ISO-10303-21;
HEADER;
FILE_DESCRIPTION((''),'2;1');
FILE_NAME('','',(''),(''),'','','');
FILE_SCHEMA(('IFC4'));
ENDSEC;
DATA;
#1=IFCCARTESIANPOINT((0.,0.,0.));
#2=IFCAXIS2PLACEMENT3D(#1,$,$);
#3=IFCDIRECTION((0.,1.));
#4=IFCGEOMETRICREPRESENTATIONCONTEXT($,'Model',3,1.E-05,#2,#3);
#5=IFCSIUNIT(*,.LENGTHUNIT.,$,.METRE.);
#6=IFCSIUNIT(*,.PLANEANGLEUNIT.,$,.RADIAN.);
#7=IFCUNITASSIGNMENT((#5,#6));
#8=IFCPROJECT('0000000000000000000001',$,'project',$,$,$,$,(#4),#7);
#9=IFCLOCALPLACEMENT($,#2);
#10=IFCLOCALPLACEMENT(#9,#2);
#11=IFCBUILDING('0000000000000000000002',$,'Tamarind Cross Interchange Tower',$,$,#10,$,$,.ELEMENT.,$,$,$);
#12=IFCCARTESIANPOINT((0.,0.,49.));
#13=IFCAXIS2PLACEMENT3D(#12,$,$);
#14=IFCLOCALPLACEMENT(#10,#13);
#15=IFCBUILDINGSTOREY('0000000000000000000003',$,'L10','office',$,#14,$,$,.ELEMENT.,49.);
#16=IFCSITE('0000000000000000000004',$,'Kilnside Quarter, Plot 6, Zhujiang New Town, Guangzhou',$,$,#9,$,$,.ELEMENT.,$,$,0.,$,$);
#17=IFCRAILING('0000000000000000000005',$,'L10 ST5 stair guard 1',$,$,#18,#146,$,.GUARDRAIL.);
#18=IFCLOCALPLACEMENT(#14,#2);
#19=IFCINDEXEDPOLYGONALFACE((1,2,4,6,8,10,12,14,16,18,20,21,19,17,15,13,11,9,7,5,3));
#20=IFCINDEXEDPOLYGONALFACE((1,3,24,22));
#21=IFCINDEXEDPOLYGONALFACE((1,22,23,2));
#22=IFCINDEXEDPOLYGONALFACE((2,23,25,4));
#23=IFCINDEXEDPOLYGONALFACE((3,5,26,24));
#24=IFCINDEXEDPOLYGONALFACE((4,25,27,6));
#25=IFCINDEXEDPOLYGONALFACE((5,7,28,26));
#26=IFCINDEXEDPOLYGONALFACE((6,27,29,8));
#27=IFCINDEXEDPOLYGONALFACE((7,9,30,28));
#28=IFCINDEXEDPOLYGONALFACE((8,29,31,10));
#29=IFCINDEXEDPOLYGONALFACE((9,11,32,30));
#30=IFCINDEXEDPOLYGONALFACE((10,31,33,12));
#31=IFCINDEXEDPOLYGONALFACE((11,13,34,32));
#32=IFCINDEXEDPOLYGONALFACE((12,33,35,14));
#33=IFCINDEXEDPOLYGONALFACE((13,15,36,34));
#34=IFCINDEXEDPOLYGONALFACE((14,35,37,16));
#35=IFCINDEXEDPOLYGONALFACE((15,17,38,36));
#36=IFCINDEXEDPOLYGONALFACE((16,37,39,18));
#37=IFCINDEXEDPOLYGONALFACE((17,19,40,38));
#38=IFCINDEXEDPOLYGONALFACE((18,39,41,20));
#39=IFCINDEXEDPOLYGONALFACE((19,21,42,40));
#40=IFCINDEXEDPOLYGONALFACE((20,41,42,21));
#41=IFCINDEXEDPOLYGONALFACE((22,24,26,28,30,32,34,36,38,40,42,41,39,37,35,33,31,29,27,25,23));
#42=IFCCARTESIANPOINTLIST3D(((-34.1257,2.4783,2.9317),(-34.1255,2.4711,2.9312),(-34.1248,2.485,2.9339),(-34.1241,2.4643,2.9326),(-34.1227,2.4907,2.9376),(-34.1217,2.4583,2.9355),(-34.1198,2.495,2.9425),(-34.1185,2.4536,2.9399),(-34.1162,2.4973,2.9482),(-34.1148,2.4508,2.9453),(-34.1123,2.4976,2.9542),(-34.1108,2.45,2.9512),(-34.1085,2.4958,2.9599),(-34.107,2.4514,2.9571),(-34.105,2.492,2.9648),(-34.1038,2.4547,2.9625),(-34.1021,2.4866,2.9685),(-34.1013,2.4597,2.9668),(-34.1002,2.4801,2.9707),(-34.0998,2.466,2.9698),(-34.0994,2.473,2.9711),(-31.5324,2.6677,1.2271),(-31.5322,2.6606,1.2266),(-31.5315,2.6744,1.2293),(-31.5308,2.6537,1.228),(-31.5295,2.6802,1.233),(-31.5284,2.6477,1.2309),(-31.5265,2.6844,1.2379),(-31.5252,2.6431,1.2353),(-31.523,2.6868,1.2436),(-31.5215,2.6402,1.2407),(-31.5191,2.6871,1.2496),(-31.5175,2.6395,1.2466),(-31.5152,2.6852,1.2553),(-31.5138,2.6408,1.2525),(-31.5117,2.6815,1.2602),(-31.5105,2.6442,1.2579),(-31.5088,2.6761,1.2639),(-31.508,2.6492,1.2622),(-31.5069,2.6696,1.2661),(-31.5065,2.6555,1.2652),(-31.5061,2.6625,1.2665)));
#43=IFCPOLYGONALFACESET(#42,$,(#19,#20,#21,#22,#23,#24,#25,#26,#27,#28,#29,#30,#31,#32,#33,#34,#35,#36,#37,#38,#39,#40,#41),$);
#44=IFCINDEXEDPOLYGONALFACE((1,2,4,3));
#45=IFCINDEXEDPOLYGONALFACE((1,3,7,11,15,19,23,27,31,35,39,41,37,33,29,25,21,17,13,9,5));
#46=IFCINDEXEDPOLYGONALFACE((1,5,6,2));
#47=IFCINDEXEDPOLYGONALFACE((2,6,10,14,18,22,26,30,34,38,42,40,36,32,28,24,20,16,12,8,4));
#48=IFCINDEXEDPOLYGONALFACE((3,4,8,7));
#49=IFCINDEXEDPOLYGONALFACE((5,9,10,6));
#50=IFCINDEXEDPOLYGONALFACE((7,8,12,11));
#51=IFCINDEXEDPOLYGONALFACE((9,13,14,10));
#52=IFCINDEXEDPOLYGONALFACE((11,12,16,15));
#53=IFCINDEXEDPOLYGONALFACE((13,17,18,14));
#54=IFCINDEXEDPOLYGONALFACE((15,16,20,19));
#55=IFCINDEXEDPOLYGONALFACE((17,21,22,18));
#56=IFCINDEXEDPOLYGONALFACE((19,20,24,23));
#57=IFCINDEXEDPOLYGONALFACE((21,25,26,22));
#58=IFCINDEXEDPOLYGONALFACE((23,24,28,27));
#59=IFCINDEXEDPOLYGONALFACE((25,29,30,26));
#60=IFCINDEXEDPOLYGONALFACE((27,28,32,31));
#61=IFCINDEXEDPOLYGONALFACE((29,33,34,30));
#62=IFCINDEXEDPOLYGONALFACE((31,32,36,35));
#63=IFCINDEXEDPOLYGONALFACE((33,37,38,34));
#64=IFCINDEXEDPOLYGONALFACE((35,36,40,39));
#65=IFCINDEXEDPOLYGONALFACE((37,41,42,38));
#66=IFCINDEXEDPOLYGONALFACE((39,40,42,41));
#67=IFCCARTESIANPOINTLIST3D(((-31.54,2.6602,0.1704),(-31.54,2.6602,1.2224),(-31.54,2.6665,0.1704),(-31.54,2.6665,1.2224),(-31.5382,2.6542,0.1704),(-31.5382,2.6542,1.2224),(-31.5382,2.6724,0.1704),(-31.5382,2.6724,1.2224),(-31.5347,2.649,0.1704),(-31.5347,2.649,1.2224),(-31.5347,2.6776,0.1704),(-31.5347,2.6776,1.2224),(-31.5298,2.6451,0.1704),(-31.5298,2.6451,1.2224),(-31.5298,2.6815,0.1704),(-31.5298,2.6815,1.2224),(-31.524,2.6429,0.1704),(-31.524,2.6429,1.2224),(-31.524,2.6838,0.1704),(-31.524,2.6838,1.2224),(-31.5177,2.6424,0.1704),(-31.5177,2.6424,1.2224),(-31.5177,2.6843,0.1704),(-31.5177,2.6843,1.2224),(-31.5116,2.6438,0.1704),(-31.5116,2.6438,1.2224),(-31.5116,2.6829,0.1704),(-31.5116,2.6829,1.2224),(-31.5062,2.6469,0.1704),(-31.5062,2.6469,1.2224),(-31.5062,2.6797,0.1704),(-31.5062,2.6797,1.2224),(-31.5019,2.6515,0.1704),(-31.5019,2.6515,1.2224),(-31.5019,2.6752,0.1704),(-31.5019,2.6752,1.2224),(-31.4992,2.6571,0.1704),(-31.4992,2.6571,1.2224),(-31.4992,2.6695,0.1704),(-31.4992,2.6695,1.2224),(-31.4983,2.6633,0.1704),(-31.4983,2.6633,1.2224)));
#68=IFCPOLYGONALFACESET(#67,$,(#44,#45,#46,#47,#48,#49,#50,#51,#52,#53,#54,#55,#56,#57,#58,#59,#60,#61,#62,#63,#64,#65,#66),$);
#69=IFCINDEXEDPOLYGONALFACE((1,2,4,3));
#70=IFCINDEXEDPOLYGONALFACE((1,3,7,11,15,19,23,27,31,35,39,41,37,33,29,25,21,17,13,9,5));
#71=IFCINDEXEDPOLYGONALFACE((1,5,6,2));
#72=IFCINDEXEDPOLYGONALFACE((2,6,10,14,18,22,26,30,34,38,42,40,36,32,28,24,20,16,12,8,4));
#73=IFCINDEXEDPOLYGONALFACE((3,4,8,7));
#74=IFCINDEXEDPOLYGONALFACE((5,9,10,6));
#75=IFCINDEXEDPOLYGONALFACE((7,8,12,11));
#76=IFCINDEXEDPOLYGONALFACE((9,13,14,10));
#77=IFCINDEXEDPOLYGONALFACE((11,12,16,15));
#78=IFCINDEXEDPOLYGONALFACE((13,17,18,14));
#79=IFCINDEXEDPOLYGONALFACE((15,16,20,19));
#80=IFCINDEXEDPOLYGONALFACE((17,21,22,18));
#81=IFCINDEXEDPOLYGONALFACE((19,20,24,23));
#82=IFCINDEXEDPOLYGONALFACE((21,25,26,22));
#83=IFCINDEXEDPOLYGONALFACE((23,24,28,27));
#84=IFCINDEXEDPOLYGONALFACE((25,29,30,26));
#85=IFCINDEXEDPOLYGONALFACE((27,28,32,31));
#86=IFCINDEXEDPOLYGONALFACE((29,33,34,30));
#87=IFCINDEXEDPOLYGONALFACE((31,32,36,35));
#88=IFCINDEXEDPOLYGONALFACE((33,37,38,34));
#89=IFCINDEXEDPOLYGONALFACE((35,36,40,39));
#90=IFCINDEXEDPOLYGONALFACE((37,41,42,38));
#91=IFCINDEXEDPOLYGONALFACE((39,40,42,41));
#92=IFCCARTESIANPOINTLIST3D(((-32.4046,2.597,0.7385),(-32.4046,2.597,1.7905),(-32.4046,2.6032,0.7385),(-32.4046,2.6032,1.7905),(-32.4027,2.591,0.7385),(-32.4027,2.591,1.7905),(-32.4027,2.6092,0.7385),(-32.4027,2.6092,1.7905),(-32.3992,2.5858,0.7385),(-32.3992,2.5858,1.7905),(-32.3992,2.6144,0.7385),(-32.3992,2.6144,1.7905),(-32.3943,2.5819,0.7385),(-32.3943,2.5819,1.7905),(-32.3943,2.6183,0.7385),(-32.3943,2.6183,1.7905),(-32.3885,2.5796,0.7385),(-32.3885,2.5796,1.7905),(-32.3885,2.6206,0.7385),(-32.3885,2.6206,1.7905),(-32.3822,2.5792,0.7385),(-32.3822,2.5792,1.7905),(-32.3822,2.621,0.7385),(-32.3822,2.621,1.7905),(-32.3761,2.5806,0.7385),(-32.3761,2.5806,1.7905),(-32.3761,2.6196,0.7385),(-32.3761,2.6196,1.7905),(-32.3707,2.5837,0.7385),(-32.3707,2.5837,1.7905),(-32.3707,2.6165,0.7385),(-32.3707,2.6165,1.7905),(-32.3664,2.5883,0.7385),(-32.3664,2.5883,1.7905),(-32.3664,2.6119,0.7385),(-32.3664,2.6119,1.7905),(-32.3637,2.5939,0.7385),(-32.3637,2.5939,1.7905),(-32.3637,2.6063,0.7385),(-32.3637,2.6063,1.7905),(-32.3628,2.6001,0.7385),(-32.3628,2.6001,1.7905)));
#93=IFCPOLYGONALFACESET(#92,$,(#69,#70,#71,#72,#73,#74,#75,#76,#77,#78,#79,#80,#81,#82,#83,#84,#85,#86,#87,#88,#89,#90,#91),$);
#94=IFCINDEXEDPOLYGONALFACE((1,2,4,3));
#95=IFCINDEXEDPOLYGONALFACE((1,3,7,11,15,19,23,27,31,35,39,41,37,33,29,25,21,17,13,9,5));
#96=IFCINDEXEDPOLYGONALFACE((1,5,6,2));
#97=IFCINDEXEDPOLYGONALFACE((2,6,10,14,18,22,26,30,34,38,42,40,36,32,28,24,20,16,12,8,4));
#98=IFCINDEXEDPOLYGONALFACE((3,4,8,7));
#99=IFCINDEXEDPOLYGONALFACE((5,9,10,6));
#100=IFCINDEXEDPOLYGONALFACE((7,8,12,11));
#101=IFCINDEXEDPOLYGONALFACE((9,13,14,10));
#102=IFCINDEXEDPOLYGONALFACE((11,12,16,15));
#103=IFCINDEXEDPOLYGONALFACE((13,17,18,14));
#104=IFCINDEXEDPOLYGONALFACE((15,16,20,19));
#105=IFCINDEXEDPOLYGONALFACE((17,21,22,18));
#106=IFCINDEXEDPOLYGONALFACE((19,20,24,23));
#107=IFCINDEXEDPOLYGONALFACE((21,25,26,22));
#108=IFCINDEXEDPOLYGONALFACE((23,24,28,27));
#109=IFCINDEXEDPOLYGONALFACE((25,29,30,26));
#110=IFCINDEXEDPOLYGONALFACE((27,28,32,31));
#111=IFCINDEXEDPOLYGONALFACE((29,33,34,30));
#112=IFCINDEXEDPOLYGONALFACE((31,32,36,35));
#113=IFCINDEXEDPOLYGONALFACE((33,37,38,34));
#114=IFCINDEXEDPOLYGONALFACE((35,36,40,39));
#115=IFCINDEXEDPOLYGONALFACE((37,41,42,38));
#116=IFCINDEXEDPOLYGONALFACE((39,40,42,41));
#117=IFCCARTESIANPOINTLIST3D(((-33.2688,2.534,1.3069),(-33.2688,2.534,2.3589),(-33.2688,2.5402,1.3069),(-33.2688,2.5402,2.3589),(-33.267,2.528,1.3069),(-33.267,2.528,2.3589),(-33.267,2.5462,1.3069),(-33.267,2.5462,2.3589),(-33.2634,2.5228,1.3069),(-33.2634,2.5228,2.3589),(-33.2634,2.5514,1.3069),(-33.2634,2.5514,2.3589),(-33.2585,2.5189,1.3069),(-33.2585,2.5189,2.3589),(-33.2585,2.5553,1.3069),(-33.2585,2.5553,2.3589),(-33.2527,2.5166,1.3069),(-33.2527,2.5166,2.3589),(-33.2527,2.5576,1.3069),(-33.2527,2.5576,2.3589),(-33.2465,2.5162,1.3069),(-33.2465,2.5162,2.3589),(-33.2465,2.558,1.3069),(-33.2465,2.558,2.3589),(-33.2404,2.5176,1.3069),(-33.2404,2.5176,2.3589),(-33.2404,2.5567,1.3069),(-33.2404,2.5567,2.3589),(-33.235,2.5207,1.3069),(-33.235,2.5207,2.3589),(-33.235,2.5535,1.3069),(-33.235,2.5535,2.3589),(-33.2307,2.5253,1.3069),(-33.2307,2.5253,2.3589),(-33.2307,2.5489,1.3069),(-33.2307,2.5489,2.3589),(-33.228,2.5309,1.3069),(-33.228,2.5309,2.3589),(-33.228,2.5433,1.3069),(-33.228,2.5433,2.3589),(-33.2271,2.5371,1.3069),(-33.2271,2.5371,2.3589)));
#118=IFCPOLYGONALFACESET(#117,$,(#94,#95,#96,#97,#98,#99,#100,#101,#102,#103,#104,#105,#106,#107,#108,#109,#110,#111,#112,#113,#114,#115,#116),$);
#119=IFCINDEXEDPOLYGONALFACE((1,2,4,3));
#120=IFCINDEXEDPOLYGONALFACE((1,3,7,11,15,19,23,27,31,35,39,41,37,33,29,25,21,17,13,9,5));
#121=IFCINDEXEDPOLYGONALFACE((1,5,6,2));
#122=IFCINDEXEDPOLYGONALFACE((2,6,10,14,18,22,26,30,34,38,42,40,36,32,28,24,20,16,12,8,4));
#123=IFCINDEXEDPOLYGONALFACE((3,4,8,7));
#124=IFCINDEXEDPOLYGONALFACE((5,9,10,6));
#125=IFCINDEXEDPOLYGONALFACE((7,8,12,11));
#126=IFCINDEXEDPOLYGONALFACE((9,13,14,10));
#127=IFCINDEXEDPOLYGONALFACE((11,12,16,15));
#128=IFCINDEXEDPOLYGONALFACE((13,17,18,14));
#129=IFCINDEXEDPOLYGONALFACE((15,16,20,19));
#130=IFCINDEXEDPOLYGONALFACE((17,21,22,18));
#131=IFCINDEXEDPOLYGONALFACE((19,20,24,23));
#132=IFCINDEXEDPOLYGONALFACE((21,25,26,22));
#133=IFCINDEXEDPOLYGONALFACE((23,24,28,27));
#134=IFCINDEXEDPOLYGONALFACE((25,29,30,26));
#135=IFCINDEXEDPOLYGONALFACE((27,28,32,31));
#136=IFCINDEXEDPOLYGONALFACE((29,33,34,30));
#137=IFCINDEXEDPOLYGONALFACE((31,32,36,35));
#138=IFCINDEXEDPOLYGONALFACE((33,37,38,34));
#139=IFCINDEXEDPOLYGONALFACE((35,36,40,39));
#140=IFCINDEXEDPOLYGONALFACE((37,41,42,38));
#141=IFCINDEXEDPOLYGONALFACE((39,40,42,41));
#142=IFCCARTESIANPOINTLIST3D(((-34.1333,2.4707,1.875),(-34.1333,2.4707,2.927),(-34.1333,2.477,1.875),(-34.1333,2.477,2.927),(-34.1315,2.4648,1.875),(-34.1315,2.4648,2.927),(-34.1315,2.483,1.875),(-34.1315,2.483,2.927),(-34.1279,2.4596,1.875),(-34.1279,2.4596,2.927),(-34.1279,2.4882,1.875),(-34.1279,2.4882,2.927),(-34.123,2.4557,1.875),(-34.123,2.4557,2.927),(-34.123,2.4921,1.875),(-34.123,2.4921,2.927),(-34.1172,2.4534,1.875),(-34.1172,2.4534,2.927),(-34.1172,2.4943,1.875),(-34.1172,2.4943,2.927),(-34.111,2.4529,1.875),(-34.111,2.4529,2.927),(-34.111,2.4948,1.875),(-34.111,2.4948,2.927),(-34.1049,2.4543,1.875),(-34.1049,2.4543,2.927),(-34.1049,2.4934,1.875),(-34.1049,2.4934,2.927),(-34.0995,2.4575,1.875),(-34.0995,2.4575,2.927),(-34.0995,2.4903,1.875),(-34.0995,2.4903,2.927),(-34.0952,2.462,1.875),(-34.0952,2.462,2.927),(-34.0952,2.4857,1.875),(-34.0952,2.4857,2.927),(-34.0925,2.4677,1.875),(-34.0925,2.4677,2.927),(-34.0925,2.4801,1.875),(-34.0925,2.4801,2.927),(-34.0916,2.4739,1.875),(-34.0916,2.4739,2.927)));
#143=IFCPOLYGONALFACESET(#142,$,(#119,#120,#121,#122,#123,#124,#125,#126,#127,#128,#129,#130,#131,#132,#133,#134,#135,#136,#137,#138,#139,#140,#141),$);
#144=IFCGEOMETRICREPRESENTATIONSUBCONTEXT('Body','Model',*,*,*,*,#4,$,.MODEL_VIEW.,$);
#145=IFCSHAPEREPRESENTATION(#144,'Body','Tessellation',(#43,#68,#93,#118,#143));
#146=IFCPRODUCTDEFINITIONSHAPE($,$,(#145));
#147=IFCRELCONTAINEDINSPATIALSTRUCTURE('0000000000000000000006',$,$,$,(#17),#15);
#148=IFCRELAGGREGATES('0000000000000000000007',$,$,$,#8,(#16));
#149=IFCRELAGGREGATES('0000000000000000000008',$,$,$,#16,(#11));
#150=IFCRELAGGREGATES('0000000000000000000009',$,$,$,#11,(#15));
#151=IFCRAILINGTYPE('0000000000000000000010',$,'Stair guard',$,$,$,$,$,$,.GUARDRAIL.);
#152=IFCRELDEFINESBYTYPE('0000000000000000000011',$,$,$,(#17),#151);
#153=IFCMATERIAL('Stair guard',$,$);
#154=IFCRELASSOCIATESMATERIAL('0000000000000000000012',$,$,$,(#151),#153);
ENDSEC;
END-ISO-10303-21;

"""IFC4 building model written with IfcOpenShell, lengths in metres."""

from ifc_helpers import new_model, si_unit, direction, frame, origin, origin_2d, place, context, subcontext, project, spatial, circle, extrude, material, type_object, element, save


model = new_model("IFC4")

# Units and contexts
model_context = context("Model", 3, precision=1e-05, world=origin(), true_north=direction((0.0, 1.0)))
body_context = subcontext(model_context, "Body", "Model", "MODEL_VIEW")
ifc_project = project(units=[si_unit("LENGTHUNIT", "METRE"), si_unit("PLANEANGLEUNIT", "RADIAN")], contexts=[model_context])

# Site, building, storey
site_placement = place(None, origin())
site = spatial("IfcSite", under=ifc_project, at=site_placement, Name="Kilnside Quarter, Plot 6, Zhujiang New Town, Guangzhou", CompositionType="ELEMENT", RefElevation=0.0)
building_placement = place(site_placement, origin())
building = spatial("IfcBuilding", under=site, at=building_placement, Name="Tamarind Cross Interchange Tower", CompositionType="ELEMENT")
storey_placement = place(building_placement, frame((0.0, 0.0, 49.0)))
storey = spatial("IfcBuildingStorey", under=building, at=storey_placement, Name="L10", Description="office", CompositionType="ELEMENT", Elevation=49.0)

# Railing
ifc_material_1 = material(Name="Stair guard")
railing_type_1 = type_object("IfcRailingType", Name="Stair guard", PredefinedType="GUARDRAIL", material=ifc_material_1)
railing_1_placement = place(storey_placement, frame((-31.5193, 2.6633, 0.1704)))
element("IfcRailing", 1, at=railing_1_placement, inside=storey, type_object=railing_type_1, Name="L10 ST5 stair guard 1", PredefinedType="GUARDRAIL", context=body_context, shape_type="SweptSolid", body=[
    extrude(circle(Radius=0.0239, at=origin_2d()), frame((0.0, 0.0, 1.0762), z_axis=(-0.834087, -0.060935, 0.548258), x_axis=(0.072862, -0.997342, 0.0)), (0.0, 0.0, 1.0), 3.1091),
    extrude(circle(Radius=0.021, at=origin_2d()), origin(), (0.0, 0.0, 1.0), 1.052),
    extrude(circle(Radius=0.021, at=origin_2d()), frame((-0.8645, -0.0632, 0.5681)), (0.0, 0.0, 1.0), 1.052),
    extrude(circle(Radius=0.021, at=origin_2d()), frame((-1.7288, -0.1262, 1.1365)), (0.0, 0.0, 1.0), 1.052),
    extrude(circle(Radius=0.021, at=origin_2d()), frame((-2.5933, -0.1895, 1.7046)), (0.0, 0.0, 1.0), 1.052),
])

save(model, "model.ifc")
